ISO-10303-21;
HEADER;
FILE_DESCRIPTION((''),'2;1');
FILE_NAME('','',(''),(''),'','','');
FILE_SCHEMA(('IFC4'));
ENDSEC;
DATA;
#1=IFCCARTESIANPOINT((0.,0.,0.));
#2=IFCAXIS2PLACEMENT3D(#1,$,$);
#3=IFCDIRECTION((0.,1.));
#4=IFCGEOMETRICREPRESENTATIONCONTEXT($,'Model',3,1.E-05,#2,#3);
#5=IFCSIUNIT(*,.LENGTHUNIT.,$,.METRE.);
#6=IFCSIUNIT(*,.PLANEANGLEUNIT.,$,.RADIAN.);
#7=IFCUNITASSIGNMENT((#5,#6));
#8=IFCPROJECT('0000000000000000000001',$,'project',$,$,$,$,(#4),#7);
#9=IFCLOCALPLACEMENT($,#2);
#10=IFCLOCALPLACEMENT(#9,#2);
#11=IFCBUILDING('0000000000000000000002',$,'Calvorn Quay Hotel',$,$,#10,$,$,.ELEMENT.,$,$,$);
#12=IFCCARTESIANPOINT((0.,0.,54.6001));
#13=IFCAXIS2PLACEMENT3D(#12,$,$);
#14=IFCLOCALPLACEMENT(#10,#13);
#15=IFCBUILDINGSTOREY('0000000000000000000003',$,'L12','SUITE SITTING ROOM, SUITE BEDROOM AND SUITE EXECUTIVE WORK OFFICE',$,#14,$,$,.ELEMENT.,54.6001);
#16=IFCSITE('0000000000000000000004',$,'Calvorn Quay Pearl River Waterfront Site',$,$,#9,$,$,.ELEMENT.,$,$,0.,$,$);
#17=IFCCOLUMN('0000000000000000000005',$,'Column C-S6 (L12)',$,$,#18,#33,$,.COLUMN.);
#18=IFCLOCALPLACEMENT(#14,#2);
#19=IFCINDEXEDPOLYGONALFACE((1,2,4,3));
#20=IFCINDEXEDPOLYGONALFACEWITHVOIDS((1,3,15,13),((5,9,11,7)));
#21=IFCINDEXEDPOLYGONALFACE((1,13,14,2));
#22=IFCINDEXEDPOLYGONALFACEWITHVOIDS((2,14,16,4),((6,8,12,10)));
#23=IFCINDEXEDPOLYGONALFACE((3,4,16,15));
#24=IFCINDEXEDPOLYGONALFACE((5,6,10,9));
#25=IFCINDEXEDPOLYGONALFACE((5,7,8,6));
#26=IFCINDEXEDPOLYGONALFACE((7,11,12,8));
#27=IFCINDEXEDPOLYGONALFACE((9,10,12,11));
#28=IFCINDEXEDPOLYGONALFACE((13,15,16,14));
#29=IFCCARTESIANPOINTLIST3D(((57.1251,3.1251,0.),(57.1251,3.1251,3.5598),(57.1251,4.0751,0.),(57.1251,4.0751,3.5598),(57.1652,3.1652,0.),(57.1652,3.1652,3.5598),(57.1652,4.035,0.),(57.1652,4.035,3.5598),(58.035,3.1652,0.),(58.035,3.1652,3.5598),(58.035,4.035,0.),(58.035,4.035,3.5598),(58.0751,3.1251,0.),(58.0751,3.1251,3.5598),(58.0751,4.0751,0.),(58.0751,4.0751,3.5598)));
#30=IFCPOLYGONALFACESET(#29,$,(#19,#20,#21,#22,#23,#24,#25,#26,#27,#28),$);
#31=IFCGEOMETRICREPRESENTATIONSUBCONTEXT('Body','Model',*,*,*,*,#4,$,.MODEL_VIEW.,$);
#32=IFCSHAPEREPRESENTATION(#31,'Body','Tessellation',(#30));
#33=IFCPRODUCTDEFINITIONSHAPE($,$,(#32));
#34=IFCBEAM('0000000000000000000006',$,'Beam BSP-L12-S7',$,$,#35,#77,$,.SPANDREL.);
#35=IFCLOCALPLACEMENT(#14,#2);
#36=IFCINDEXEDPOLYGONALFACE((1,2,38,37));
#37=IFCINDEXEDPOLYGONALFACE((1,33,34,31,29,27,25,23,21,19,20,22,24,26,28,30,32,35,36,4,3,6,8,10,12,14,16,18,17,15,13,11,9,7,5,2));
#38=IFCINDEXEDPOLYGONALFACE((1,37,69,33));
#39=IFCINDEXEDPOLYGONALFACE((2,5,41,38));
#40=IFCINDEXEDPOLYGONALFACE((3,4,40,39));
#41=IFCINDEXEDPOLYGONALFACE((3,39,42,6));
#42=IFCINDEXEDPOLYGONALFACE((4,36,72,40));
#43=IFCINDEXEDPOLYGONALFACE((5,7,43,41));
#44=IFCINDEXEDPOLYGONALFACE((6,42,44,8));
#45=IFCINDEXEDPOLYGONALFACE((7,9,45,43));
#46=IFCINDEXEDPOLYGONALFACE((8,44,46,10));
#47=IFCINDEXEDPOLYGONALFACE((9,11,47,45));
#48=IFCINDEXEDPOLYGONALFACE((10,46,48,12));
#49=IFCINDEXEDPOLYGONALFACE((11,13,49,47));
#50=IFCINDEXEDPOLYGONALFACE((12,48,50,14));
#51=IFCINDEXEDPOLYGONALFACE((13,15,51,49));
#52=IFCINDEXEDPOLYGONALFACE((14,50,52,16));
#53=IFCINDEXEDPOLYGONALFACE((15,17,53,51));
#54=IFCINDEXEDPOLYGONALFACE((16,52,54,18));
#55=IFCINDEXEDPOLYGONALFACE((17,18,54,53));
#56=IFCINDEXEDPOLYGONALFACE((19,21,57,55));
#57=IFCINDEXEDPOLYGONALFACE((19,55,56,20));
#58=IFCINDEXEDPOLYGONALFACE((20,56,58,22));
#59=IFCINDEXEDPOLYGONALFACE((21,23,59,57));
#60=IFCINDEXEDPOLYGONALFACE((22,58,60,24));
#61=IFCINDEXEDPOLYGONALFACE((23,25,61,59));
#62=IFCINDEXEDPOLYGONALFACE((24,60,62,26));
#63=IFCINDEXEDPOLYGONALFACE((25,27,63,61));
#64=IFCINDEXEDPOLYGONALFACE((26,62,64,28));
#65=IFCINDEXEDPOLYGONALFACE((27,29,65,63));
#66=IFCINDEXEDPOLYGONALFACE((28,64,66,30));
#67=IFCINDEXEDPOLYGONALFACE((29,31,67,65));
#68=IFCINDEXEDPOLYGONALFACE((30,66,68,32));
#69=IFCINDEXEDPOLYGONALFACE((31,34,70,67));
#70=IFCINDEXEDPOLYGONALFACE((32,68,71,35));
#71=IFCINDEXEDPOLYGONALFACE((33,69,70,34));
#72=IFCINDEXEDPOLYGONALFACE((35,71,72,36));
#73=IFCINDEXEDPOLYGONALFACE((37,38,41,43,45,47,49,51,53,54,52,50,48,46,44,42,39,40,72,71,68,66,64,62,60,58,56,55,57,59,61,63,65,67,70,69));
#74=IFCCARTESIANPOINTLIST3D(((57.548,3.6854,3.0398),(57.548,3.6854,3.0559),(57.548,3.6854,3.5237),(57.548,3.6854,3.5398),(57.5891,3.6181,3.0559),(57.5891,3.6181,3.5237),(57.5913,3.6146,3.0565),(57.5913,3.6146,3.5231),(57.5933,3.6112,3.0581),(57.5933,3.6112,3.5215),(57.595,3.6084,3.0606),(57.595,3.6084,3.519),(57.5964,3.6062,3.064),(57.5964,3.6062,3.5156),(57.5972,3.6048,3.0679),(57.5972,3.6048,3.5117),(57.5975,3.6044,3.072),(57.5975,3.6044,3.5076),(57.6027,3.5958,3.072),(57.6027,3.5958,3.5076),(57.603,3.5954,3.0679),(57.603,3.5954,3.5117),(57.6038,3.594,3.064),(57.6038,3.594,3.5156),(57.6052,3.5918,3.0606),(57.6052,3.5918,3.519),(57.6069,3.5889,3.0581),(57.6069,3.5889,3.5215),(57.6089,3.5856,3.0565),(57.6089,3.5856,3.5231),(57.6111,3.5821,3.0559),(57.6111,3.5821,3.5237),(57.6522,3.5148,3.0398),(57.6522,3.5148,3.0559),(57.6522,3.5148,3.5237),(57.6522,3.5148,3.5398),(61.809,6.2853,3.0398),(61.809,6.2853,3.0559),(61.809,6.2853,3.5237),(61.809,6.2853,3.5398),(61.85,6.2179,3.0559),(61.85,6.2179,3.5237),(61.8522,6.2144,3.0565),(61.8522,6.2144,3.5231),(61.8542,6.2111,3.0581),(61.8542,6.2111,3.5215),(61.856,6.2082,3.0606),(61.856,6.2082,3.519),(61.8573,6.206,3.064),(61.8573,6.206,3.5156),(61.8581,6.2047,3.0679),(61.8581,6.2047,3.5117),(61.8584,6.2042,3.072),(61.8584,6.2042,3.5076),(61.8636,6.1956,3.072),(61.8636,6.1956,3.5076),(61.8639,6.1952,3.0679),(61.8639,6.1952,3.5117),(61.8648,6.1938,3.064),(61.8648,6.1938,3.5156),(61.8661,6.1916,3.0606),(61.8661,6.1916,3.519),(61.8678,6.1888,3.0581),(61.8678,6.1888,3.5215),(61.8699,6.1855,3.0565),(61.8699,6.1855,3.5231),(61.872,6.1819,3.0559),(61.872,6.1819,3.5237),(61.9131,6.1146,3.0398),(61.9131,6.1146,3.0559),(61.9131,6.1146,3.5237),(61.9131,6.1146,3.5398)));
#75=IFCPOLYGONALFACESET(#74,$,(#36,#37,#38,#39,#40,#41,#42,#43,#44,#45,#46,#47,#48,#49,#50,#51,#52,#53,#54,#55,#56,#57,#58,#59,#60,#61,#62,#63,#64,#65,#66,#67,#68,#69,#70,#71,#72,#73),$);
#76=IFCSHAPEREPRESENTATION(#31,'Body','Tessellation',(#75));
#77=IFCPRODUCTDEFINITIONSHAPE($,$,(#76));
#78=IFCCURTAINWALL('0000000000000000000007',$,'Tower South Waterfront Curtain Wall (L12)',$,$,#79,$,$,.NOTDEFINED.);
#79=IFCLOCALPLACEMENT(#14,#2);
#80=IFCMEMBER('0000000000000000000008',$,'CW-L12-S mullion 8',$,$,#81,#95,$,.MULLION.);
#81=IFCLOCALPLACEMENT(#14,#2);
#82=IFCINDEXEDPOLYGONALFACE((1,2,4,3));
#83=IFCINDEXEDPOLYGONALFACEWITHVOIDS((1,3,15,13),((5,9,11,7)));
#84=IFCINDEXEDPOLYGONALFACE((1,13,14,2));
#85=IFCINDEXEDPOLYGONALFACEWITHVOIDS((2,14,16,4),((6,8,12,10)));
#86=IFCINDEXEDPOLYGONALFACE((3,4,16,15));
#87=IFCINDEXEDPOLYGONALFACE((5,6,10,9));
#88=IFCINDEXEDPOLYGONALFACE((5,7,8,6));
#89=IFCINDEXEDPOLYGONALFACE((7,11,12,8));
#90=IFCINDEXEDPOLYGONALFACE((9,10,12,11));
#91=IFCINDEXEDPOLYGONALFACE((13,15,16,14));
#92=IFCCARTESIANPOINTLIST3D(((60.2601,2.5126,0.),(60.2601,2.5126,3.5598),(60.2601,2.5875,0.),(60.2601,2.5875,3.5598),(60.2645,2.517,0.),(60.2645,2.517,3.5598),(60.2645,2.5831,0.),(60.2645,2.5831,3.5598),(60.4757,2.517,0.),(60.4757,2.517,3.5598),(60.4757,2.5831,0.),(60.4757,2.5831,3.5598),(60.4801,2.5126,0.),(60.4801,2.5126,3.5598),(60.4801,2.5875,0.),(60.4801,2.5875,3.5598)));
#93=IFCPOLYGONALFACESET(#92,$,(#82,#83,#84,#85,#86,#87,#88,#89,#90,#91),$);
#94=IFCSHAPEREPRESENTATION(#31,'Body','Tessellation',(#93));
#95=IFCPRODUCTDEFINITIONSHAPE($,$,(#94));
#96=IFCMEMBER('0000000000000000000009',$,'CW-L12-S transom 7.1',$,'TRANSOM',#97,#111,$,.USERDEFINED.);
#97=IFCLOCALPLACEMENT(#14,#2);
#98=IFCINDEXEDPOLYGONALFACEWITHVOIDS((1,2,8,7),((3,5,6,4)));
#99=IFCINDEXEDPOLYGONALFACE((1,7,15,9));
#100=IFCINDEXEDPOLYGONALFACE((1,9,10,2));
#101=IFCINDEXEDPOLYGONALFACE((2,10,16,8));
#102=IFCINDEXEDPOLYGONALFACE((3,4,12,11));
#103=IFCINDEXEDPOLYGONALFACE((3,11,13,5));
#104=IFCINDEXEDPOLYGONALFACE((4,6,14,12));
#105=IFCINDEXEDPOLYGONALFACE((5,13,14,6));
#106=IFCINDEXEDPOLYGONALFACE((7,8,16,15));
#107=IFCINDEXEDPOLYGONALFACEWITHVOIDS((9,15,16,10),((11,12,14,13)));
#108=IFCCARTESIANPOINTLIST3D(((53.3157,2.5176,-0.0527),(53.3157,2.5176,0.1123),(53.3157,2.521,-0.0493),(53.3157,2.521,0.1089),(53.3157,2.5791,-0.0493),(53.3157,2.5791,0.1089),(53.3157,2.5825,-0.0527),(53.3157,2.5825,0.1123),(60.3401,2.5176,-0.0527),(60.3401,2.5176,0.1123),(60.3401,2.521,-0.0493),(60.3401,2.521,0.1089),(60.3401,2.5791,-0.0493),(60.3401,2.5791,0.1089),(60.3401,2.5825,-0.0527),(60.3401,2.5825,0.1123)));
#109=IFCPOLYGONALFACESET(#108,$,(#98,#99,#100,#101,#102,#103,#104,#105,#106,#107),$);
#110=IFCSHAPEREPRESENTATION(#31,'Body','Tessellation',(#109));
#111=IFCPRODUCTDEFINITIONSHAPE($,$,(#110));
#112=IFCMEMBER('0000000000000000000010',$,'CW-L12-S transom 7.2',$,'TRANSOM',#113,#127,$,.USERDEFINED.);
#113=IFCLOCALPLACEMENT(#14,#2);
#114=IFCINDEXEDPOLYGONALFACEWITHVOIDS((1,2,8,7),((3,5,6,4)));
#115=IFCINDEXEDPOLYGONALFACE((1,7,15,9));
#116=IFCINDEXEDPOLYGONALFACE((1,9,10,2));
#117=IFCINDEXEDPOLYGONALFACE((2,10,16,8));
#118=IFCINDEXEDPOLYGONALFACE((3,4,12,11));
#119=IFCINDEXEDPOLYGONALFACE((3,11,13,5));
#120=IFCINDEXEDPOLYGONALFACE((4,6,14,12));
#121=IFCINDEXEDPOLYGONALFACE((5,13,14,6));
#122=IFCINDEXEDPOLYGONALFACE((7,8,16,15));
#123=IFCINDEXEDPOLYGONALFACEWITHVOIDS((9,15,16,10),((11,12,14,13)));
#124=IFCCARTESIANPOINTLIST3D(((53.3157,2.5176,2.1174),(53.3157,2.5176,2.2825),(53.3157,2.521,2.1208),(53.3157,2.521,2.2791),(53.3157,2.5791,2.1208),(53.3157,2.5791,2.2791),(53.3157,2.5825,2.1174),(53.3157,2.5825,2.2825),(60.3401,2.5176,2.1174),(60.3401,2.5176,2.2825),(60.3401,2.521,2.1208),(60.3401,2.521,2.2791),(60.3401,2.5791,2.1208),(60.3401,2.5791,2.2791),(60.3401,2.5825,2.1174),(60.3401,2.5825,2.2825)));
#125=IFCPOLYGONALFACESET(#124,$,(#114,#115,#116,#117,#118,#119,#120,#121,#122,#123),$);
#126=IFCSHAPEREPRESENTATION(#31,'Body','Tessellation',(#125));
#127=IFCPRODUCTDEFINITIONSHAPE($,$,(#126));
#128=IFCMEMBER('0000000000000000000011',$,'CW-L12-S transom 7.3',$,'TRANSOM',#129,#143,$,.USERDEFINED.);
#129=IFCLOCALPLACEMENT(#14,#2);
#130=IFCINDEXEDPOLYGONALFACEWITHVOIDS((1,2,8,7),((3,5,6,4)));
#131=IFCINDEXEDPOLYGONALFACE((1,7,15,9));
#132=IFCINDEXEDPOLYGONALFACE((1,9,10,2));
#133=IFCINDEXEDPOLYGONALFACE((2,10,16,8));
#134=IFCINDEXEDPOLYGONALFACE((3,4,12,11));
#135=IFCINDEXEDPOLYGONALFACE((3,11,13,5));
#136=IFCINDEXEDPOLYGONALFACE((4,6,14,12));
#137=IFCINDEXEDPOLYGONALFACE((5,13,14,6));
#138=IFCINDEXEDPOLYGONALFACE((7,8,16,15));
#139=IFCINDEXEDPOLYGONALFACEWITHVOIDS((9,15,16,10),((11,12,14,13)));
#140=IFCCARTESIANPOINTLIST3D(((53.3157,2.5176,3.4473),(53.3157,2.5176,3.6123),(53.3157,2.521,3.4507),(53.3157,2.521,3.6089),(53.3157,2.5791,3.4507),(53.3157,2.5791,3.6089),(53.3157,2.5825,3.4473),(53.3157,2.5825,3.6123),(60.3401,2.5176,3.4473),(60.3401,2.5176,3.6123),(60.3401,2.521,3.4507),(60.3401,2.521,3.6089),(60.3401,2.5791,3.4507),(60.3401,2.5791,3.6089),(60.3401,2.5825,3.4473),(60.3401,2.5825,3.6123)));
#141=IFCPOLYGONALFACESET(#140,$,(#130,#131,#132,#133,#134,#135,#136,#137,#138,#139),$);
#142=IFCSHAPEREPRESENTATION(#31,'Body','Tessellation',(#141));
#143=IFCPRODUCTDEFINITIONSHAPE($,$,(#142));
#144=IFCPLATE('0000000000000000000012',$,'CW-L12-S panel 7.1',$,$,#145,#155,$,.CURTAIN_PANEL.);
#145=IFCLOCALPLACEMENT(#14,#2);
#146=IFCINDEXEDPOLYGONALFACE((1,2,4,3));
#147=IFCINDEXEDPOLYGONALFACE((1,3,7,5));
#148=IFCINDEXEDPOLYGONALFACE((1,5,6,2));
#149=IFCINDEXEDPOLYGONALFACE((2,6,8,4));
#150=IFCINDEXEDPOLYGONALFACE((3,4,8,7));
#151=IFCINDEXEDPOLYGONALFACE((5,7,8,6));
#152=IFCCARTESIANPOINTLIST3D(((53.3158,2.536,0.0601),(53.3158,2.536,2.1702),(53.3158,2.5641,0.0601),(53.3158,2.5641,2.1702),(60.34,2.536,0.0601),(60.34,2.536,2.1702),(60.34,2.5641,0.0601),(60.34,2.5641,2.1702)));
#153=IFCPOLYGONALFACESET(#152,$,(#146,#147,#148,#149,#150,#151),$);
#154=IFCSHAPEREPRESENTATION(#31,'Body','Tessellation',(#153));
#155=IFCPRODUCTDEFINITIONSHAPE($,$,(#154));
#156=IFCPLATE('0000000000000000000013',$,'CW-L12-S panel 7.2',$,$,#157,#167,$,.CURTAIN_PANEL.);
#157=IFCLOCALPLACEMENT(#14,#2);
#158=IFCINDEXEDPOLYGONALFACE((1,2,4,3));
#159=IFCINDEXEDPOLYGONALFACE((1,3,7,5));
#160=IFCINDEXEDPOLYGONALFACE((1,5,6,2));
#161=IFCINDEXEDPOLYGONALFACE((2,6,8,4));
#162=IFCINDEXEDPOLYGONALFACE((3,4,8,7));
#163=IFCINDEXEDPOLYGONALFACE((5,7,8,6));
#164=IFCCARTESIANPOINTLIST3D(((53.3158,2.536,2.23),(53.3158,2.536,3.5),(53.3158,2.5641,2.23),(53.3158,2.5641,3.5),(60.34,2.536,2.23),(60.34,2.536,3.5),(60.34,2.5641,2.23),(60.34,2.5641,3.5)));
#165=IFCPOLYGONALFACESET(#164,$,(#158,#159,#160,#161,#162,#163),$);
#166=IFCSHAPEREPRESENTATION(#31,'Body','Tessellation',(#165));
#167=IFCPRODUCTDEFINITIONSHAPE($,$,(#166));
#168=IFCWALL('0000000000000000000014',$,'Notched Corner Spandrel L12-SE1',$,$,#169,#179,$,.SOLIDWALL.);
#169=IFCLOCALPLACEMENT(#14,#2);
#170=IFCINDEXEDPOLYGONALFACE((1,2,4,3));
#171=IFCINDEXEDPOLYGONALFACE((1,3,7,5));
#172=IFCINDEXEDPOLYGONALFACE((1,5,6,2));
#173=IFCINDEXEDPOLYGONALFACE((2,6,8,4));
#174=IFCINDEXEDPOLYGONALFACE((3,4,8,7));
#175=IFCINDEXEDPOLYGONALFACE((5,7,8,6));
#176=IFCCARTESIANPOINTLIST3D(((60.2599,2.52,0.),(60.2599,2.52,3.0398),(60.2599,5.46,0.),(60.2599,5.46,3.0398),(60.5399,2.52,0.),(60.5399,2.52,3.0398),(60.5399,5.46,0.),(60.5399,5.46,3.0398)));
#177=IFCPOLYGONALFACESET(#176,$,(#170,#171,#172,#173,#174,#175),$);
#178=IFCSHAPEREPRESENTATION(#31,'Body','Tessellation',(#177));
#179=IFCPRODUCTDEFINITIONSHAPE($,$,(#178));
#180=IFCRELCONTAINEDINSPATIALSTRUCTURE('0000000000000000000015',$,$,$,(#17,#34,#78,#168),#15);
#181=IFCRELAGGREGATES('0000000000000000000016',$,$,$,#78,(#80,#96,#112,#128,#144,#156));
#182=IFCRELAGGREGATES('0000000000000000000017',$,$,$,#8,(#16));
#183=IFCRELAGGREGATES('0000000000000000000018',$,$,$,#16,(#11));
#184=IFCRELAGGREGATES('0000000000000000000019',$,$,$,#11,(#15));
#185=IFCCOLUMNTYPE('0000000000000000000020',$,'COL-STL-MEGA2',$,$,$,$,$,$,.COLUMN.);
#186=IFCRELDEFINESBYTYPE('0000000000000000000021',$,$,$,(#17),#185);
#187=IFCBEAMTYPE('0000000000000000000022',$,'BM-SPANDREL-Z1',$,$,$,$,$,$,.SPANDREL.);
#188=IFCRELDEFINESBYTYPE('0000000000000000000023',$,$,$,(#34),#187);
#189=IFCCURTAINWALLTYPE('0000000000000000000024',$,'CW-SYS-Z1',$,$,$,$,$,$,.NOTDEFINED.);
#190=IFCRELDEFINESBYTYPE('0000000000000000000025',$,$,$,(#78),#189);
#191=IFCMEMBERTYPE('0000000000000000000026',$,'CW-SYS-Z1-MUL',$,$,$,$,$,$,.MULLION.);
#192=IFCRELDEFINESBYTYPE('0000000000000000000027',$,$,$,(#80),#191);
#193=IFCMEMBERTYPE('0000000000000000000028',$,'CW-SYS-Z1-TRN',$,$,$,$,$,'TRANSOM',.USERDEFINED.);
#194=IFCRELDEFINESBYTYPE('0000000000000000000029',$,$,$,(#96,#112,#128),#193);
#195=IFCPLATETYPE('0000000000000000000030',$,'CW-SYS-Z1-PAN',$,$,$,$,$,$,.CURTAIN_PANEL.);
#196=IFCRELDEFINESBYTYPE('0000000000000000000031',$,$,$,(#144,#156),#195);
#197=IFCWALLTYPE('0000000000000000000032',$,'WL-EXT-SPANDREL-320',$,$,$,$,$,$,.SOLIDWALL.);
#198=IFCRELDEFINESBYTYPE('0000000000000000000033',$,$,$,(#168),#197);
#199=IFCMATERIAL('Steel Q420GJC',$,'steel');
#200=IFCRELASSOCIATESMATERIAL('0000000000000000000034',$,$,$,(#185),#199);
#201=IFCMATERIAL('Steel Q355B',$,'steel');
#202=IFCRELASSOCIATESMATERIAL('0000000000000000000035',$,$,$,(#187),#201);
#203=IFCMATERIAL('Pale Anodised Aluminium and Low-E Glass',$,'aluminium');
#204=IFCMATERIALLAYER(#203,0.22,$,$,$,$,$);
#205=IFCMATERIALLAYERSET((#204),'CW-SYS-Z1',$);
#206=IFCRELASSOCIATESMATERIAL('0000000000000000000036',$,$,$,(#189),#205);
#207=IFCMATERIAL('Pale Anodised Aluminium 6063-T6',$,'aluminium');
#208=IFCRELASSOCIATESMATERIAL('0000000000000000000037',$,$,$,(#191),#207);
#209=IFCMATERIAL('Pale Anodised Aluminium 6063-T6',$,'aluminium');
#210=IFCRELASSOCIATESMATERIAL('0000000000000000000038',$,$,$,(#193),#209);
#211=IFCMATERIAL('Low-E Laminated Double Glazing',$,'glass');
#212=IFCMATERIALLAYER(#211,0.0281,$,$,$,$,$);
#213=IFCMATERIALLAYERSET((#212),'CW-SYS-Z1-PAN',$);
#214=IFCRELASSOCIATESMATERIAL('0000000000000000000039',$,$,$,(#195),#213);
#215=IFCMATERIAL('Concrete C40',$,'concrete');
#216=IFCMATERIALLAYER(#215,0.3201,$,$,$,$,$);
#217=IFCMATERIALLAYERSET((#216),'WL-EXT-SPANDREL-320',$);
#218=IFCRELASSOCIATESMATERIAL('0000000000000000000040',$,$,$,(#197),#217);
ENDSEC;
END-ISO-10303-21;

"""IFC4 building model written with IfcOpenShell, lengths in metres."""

from ifc_helpers import new_model, si_unit, direction, frame, frame_2d, origin, origin_2d, place, context, subcontext, project, spatial, rectangle, hollow_rectangle, i_section, extrude, material, layer, layer_set, material_profile, profile_set, type_object, element, aggregate, save


model = new_model("IFC4")

# Units and contexts
model_context = context("Model", 3, precision=1e-05, world=origin(), true_north=direction((0.0, 1.0)))
body_context = subcontext(model_context, "Body", "Model", "MODEL_VIEW")
ifc_project = project(units=[si_unit("LENGTHUNIT", "METRE"), si_unit("PLANEANGLEUNIT", "RADIAN")], contexts=[model_context])

# Site, building, storey
site_placement = place(None, origin())
site = spatial("IfcSite", under=ifc_project, at=site_placement, Name="Calvorn Quay Pearl River Waterfront Site", CompositionType="ELEMENT", RefElevation=0.0)
building_placement = place(site_placement, origin())
building = spatial("IfcBuilding", under=site, at=building_placement, Name="Calvorn Quay Hotel", CompositionType="ELEMENT")
storey_placement = place(building_placement, frame((0.0, 0.0, 54.6001)))
storey = spatial("IfcBuildingStorey", under=building, at=storey_placement, Name="L12", Description="SUITE SITTING ROOM, SUITE BEDROOM AND SUITE EXECUTIVE WORK OFFICE", CompositionType="ELEMENT", Elevation=54.6001)

# Column
ifc_material_1 = material(Name="Steel Q420GJC", Category="steel")
ifc_material_profile_1 = material_profile(ifc_material_1, hollow_rectangle(XDim=0.95, YDim=0.95, WallThickness=0.04, at=origin_2d()), Name="BOX950x950x40")
ifc_profile_set_1 = profile_set([ifc_material_profile_1], Name="Steel Q420GJC")
column_type = type_object("IfcColumnType", Name="COL-STL-MEGA2", PredefinedType="COLUMN", material=ifc_profile_set_1)
column_placement = place(storey_placement, frame((57.6001, 3.6001, 0.0), z_axis=(0.0, 0.0, 1.0), x_axis=(1.0, 0.0, 0.0)))
element("IfcColumn", 1, at=column_placement, inside=storey, type_object=column_type, Name="Column C-S6 (L12)", PredefinedType="COLUMN", context=body_context, shape_type="SweptSolid", body=[
    extrude(hollow_rectangle(XDim=0.95, YDim=0.95, WallThickness=0.04, at=origin_2d()), origin(), (0.0, 0.0, 1.0), 3.5598),
])

# Beam
ifc_material_2 = material(Name="Steel Q355B", Category="steel")
ifc_material_profile_2 = material_profile(ifc_material_2, i_section(OverallWidth=0.2, OverallDepth=0.5, WebThickness=0.01, FlangeThickness=0.0161, FilletRadius=0.0161, at=origin_2d()), Name="HN500x200x10x16")
ifc_profile_set_2 = profile_set([ifc_material_profile_2], Name="Steel Q355B")
beam_type = type_object("IfcBeamType", Name="BM-SPANDREL-Z1", PredefinedType="SPANDREL", material=ifc_profile_set_2)
beam_placement = place(storey_placement, frame((57.6001, 3.6001, 3.2898), z_axis=(0.853646, 0.520854, 0.0), x_axis=(-0.520854, 0.853646, 0.0)))
element("IfcBeam", 2, at=beam_placement, inside=storey, type_object=beam_type, Name="Beam BSP-L12-S7", PredefinedType="SPANDREL", context=body_context, shape_type="SweptSolid", body=[
    extrude(i_section(OverallWidth=0.2, OverallDepth=0.5, WebThickness=0.01, FlangeThickness=0.0161, FilletRadius=0.0161, at=origin_2d()), origin(), (0.0, 0.0, 1.0), 4.9915),
])

# Curtain wall, members, plates
ifc_material_3 = material(Name="Pale Anodised Aluminium and Low-E Glass", Category="aluminium")
ifc_layer_1 = layer(ifc_material_3, 0.22)
ifc_layer_set_1 = layer_set([ifc_layer_1], Name="CW-SYS-Z1")
curtain_wall_type = type_object("IfcCurtainWallType", Name="CW-SYS-Z1", PredefinedType="NOTDEFINED", material=ifc_layer_set_1)
curtain_wall_placement = place(storey_placement, origin())
curtain_wall = element("IfcCurtainWall", 3, at=curtain_wall_placement, inside=storey, type_object=curtain_wall_type, Name="Tower South Waterfront Curtain Wall (L12)", PredefinedType="NOTDEFINED")
ifc_material_4 = material(Name="Pale Anodised Aluminium 6063-T6", Category="aluminium")
ifc_material_profile_3 = material_profile(ifc_material_4, hollow_rectangle(XDim=0.075, YDim=0.22, WallThickness=0.0044, at=origin_2d()), Name="ALU-M220x75x4.5")
ifc_profile_set_3 = profile_set([ifc_material_profile_3], Name="Pale Anodised Aluminium 6063-T6")
member_type_1 = type_object("IfcMemberType", Name="CW-SYS-Z1-MUL", PredefinedType="MULLION", material=ifc_profile_set_3)
member_1_placement = place(storey_placement, frame((60.3701, 2.55, 0.0), z_axis=(0.0, 0.0, 1.0), x_axis=(0.0, 1.0, 0.0)))
member_1 = element("IfcMember", 4, at=member_1_placement, type_object=member_type_1, Name="CW-L12-S mullion 8", PredefinedType="MULLION", context=body_context, shape_type="SweptSolid", body=[
    extrude(hollow_rectangle(XDim=0.075, YDim=0.22, WallThickness=0.0044, at=origin_2d()), origin(), (0.0, 0.0, 1.0), 3.5598),
])
ifc_material_5 = material(Name="Pale Anodised Aluminium 6063-T6", Category="aluminium")
ifc_material_profile_4 = material_profile(ifc_material_5, hollow_rectangle(XDim=0.0649, YDim=0.165, WallThickness=0.0034, at=origin_2d()), Name="ALU-T165x65x3.5")
ifc_profile_set_4 = profile_set([ifc_material_profile_4], Name="Pale Anodised Aluminium 6063-T6")
member_type_2 = type_object("IfcMemberType", Name="CW-SYS-Z1-TRN", ElementType="TRANSOM", PredefinedType="USERDEFINED", material=ifc_profile_set_4)
member_2_placement = place(storey_placement, frame((53.3157, 2.55, 0.0298), z_axis=(1.0, 0.0, 0.0), x_axis=(0.0, 1.0, 0.0)))
member_2 = element("IfcMember", 5, at=member_2_placement, type_object=member_type_2, Name="CW-L12-S transom 7.1", ObjectType="TRANSOM", PredefinedType="USERDEFINED", context=body_context, shape_type="SweptSolid", body=[
    extrude(hollow_rectangle(XDim=0.0649, YDim=0.165, WallThickness=0.0034, at=origin_2d()), origin(), (0.0, 0.0, 1.0), 7.0244),
])
member_3_placement = place(storey_placement, frame((53.3157, 2.55, 2.2), z_axis=(1.0, 0.0, 0.0), x_axis=(0.0, 1.0, 0.0)))
member_3 = element("IfcMember", 6, at=member_3_placement, type_object=member_type_2, Name="CW-L12-S transom 7.2", ObjectType="TRANSOM", PredefinedType="USERDEFINED", context=body_context, shape_type="SweptSolid", body=[
    extrude(hollow_rectangle(XDim=0.0649, YDim=0.165, WallThickness=0.0034, at=origin_2d()), origin(), (0.0, 0.0, 1.0), 7.0244),
])
member_4_placement = place(storey_placement, frame((53.3157, 2.55, 3.5298), z_axis=(1.0, 0.0, 0.0), x_axis=(0.0, 1.0, 0.0)))
member_4 = element("IfcMember", 7, at=member_4_placement, type_object=member_type_2, Name="CW-L12-S transom 7.3", ObjectType="TRANSOM", PredefinedType="USERDEFINED", context=body_context, shape_type="SweptSolid", body=[
    extrude(hollow_rectangle(XDim=0.0649, YDim=0.165, WallThickness=0.0034, at=origin_2d()), origin(), (0.0, 0.0, 1.0), 7.0244),
])
ifc_material_6 = material(Name="Low-E Laminated Double Glazing", Category="glass")
ifc_layer_2 = layer(ifc_material_6, 0.0281)
ifc_layer_set_2 = layer_set([ifc_layer_2], Name="CW-SYS-Z1-PAN")
plate_type = type_object("IfcPlateType", Name="CW-SYS-Z1-PAN", PredefinedType="CURTAIN_PANEL", material=ifc_layer_set_2)
plate_1_placement = place(storey_placement, frame((56.8279, 2.55, 0.0601), z_axis=(0.0, 0.0, 1.0), x_axis=(1.0, 0.0, 0.0)))
plate_1 = element("IfcPlate", 8, at=plate_1_placement, type_object=plate_type, Name="CW-L12-S panel 7.1", PredefinedType="CURTAIN_PANEL", context=body_context, shape_type="SweptSolid", body=[
    extrude(rectangle(XDim=7.0242, YDim=0.0281, at=origin_2d()), origin(), (0.0, 0.0, 1.0), 2.1101),
])
plate_2_placement = place(storey_placement, frame((56.8279, 2.55, 2.23), z_axis=(0.0, 0.0, 1.0), x_axis=(1.0, 0.0, 0.0)))
plate_2 = element("IfcPlate", 9, at=plate_2_placement, type_object=plate_type, Name="CW-L12-S panel 7.2", PredefinedType="CURTAIN_PANEL", context=body_context, shape_type="SweptSolid", body=[
    extrude(rectangle(XDim=7.0242, YDim=0.0281, at=origin_2d()), origin(), (0.0, 0.0, 1.0), 1.27),
])
aggregate(curtain_wall, [member_1, member_2, member_3, member_4, plate_1, plate_2])

# Wall
ifc_material_7 = material(Name="Concrete C40", Category="concrete")
ifc_layer_3 = layer(ifc_material_7, 0.3201)
ifc_layer_set_3 = layer_set([ifc_layer_3], Name="WL-EXT-SPANDREL-320")
wall_type = type_object("IfcWallType", Name="WL-EXT-SPANDREL-320", PredefinedType="SOLIDWALL", material=ifc_layer_set_3)
wall_1_placement = place(storey_placement, frame((60.3999, 2.52, 0.0), z_axis=(0.0, 0.0, 1.0), x_axis=(0.0, 1.0, 0.0)))
element("IfcWall", 10, at=wall_1_placement, inside=storey, type_object=wall_type, Name="Notched Corner Spandrel L12-SE1", PredefinedType="SOLIDWALL", context=body_context, shape_type="SweptSolid", body=[
    extrude(rectangle(XDim=2.9399, YDim=0.28, at=frame_2d((1.47, 0.0))), origin(), (0.0, 0.0, 1.0), 3.0398),
])

save(model, "model.ifc")
